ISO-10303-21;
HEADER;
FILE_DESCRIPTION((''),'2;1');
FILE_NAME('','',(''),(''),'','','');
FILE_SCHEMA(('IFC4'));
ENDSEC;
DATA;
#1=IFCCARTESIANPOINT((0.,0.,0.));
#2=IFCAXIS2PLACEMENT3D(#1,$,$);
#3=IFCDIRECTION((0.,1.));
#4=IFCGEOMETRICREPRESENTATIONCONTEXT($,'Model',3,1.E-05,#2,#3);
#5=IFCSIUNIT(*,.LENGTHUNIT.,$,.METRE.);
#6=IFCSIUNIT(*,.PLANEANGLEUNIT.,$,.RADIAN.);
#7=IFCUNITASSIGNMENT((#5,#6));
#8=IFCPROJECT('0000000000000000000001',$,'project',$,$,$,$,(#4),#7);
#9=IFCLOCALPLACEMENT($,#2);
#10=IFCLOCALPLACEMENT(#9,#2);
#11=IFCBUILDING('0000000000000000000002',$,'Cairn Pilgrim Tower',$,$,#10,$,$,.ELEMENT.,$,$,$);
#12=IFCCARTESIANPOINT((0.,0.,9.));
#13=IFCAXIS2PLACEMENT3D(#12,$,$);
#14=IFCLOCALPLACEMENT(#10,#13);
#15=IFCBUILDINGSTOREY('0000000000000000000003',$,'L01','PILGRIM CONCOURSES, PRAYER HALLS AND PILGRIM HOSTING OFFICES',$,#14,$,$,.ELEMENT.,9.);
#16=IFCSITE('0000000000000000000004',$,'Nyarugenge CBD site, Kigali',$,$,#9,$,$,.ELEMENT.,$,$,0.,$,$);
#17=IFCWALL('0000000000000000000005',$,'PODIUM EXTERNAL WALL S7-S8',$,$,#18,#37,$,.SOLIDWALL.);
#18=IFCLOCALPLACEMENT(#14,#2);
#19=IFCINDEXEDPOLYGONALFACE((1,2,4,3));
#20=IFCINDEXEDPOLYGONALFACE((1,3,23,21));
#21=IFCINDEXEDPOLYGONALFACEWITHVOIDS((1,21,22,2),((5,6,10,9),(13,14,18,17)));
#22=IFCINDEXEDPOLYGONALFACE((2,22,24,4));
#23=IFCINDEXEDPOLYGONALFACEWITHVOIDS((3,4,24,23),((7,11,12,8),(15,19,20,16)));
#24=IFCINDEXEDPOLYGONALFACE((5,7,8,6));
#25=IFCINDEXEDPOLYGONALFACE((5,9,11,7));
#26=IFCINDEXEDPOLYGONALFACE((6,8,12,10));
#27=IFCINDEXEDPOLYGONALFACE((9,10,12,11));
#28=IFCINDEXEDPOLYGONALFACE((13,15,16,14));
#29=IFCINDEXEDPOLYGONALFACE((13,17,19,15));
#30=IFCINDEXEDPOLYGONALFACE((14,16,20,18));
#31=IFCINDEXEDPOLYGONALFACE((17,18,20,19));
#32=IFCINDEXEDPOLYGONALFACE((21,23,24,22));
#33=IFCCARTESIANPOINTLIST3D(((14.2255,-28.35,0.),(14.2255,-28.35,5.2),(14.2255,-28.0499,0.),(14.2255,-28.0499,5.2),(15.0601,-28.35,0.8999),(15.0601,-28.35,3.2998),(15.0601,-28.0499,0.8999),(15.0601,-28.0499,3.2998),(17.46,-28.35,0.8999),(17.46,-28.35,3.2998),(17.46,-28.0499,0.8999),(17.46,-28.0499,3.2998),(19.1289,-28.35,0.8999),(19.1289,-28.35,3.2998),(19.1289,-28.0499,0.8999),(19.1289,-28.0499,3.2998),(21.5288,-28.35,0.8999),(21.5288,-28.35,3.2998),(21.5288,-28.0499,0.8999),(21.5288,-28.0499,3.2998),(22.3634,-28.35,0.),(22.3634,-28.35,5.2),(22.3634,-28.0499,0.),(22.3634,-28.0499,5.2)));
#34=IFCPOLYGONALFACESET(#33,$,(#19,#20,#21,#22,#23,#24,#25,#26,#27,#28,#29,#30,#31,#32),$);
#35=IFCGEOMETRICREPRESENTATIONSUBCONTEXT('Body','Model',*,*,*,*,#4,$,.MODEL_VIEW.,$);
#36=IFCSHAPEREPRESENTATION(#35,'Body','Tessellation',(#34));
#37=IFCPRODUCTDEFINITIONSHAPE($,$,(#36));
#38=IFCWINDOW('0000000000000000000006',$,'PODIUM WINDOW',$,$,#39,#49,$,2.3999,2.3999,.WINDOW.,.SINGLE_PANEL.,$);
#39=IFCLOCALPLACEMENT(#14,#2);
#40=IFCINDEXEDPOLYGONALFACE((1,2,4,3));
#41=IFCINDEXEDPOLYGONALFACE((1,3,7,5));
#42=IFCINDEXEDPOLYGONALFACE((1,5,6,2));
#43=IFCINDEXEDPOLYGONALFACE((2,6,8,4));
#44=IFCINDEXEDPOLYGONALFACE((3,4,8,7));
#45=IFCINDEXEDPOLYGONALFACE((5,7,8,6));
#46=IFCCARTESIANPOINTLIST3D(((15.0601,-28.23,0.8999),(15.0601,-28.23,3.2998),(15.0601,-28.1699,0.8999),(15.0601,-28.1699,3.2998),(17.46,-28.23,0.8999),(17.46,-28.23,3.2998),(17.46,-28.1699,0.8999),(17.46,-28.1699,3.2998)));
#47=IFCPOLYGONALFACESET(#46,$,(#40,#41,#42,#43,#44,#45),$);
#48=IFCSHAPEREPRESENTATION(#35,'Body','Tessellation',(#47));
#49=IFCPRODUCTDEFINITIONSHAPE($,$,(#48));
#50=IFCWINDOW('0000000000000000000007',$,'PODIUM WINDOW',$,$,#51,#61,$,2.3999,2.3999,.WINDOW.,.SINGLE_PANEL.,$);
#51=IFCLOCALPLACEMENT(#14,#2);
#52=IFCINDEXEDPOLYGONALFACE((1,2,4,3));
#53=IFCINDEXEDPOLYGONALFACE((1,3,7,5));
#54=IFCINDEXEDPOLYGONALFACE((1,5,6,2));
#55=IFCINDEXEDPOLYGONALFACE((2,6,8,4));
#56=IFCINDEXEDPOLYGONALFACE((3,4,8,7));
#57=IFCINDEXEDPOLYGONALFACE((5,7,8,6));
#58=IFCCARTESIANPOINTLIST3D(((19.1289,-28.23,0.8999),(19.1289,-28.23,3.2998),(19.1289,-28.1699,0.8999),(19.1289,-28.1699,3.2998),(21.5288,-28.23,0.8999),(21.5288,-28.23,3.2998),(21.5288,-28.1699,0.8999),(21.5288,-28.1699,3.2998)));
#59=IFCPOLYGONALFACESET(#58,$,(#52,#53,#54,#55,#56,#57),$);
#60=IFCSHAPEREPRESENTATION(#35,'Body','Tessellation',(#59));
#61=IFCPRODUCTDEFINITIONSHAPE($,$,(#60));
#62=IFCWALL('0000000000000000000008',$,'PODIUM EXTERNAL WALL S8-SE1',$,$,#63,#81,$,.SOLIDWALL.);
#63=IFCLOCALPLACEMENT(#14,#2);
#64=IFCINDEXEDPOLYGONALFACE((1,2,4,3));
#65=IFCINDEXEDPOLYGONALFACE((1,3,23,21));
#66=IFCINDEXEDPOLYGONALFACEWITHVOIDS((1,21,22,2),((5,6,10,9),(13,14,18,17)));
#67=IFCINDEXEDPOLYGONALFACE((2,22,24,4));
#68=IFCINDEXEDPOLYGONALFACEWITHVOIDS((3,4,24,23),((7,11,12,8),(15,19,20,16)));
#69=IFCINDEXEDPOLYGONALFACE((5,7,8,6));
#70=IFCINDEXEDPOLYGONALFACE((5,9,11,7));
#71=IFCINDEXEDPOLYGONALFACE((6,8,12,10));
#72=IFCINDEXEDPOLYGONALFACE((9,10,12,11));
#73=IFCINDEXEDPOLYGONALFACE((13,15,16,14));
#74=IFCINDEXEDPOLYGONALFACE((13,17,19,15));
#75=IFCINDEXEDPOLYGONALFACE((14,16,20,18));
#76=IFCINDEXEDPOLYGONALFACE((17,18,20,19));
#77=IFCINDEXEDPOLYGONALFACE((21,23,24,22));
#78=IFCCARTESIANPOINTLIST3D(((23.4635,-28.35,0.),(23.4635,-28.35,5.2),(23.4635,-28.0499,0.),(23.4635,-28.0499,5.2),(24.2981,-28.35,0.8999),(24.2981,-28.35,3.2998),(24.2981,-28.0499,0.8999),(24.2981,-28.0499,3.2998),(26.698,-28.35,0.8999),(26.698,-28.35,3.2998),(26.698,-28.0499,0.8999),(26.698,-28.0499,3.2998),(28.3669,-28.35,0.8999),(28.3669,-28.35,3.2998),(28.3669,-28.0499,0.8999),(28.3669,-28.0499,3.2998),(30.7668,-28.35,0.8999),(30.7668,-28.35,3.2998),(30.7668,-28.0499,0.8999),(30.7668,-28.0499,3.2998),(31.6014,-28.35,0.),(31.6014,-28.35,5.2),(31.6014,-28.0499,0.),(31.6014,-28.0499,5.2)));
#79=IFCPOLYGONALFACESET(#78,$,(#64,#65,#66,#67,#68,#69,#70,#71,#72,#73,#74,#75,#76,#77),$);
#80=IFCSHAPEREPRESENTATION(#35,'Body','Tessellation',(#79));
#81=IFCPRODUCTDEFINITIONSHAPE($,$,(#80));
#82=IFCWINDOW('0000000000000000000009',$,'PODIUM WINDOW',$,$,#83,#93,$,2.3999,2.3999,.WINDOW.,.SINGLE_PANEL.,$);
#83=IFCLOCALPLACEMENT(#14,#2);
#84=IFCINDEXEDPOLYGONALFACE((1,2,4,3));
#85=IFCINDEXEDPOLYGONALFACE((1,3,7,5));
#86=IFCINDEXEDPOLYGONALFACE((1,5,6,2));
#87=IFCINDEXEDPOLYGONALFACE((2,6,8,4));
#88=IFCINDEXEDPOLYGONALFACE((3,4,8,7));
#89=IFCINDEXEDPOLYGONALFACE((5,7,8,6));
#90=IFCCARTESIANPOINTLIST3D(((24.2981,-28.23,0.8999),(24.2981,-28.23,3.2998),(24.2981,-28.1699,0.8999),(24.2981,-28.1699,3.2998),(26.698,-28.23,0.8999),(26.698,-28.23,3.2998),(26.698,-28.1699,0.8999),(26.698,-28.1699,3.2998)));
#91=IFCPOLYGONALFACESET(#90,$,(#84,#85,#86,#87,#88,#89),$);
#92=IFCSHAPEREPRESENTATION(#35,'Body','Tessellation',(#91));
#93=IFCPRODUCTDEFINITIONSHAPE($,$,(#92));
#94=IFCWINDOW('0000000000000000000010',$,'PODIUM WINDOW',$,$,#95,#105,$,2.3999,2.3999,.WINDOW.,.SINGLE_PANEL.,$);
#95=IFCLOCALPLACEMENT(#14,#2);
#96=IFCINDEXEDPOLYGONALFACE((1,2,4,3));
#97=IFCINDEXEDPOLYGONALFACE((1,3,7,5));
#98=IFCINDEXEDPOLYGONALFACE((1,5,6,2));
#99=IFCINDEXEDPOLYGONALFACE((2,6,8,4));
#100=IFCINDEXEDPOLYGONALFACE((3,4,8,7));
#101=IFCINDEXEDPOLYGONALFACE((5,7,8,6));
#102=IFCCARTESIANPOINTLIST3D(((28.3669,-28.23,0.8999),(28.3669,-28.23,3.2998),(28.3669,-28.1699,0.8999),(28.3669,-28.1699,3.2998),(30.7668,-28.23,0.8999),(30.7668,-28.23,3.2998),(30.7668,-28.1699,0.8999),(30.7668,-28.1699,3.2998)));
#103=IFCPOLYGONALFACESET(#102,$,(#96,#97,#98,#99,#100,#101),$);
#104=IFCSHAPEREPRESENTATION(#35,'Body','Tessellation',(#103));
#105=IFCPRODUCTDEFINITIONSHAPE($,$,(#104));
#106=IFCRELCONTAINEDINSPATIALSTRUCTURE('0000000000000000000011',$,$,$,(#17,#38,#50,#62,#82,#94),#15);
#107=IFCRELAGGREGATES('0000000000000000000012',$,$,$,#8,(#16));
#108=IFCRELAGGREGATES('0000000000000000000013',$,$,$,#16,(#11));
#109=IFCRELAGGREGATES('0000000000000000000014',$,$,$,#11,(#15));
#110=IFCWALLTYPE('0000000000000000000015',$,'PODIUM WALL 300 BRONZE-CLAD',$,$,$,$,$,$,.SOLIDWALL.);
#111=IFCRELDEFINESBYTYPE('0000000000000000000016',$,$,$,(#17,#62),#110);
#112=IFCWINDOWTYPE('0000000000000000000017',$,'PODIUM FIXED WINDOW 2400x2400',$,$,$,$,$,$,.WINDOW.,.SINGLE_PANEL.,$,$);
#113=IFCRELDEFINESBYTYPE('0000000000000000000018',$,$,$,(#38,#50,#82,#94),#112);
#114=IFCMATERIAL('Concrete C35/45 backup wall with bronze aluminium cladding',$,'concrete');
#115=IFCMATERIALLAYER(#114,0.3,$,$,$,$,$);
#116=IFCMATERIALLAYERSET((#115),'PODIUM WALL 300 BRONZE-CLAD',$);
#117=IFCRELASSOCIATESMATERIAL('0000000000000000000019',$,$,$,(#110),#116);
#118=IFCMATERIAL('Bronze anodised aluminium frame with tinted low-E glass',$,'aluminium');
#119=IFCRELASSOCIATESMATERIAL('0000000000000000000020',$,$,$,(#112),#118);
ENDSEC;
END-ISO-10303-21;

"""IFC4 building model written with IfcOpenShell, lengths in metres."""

from ifc_helpers import new_model, si_unit, direction, frame, frame_2d, origin, place, context, subcontext, project, spatial, rectangle, extrude, material, layer, layer_set, type_object, element, fill, save


model = new_model("IFC4")

# Units and contexts
model_context = context("Model", 3, precision=1e-05, world=origin(), true_north=direction((0.0, 1.0)))
body_context = subcontext(model_context, "Body", "Model", "MODEL_VIEW")
ifc_project = project(units=[si_unit("LENGTHUNIT", "METRE"), si_unit("PLANEANGLEUNIT", "RADIAN")], contexts=[model_context])

# Site, building, storey
site_placement = place(None, origin())
site = spatial("IfcSite", under=ifc_project, at=site_placement, Name="Nyarugenge CBD site, Kigali", CompositionType="ELEMENT", RefElevation=0.0)
building_placement = place(site_placement, origin())
building = spatial("IfcBuilding", under=site, at=building_placement, Name="Cairn Pilgrim Tower", CompositionType="ELEMENT")
storey_placement = place(building_placement, frame((0.0, 0.0, 9.0)))
storey = spatial("IfcBuildingStorey", under=building, at=storey_placement, Name="L01", Description="PILGRIM CONCOURSES, PRAYER HALLS AND PILGRIM HOSTING OFFICES", CompositionType="ELEMENT", Elevation=9.0)

# Walls, openings, windows
ifc_material_1 = material(Name="Concrete C35/45 backup wall with bronze aluminium cladding", Category="concrete")
ifc_layer_1 = layer(ifc_material_1, 0.3)
ifc_layer_set_1 = layer_set([ifc_layer_1], Name="PODIUM WALL 300 BRONZE-CLAD")
wall_type_1 = type_object("IfcWallType", Name="PODIUM WALL 300 BRONZE-CLAD", PredefinedType="SOLIDWALL", material=ifc_layer_set_1)
wall_1_placement = place(storey_placement, frame((14.2256, -28.2, 0.0), z_axis=(0.0, 0.0, 1.0), x_axis=(1.0, 0.0, 0.0)))
wall_1 = element("IfcWall", 1, at=wall_1_placement, inside=storey, type_object=wall_type_1, Name="PODIUM EXTERNAL WALL S7-S8", PredefinedType="SOLIDWALL", context=body_context, shape_type="SweptSolid", body=[
    extrude(rectangle(XDim=8.1379, YDim=0.3, at=frame_2d((4.0688, 0.0))), origin(), (0.0, 0.0, 1.0), 5.2),
])
opening_1_placement = place(wall_1_placement, frame((0.8345, 0.0, 0.8999)))
opening_1 = element("IfcOpeningElement", 2, at=opening_1_placement, cuts=wall_1, PredefinedType="OPENING", context=body_context, shape_type="SweptSolid", body=[
    extrude(rectangle(XDim=2.3999, YDim=2.3999, at=frame_2d((1.2, 1.2))), frame((0.0, 0.1602, 0.0), z_axis=(0.0, -1.0, 0.0), x_axis=(1.0, 0.0, 0.0)), (0.0, 0.0, 1.0), 0.3201),
])
opening_2_placement = place(wall_1_placement, frame((4.9033, 0.0, 0.8999)))
opening_2 = element("IfcOpeningElement", 3, at=opening_2_placement, cuts=wall_1, PredefinedType="OPENING", context=body_context, shape_type="SweptSolid", body=[
    extrude(rectangle(XDim=2.3999, YDim=2.3999, at=frame_2d((1.2, 1.2))), frame((0.0, 0.1602, 0.0), z_axis=(0.0, -1.0, 0.0), x_axis=(1.0, 0.0, 0.0)), (0.0, 0.0, 1.0), 0.3201),
])
ifc_material_2 = material(Name="Bronze anodised aluminium frame with tinted low-E glass", Category="aluminium")
window_type = type_object("IfcWindowType", Name="PODIUM FIXED WINDOW 2400x2400", PartitioningType="SINGLE_PANEL", PredefinedType="WINDOW", material=ifc_material_2)
window_1_placement = place(opening_1_placement, origin())
window_1 = element("IfcWindow", 4, at=window_1_placement, inside=storey, type_object=window_type, Name="PODIUM WINDOW", OverallHeight=2.3999, OverallWidth=2.3999, PartitioningType="SINGLE_PANEL", PredefinedType="WINDOW", context=body_context, shape_type="SweptSolid", body=[
    extrude(rectangle(XDim=2.3999, YDim=2.3999, at=frame_2d((1.2, 1.2))), frame((0.0, 0.03, 0.0), z_axis=(0.0, -1.0, 0.0), x_axis=(1.0, 0.0, 0.0)), (0.0, 0.0, 1.0), 0.0601),
])
fill(opening_1, window_1)
window_2_placement = place(opening_2_placement, origin())
window_2 = element("IfcWindow", 5, at=window_2_placement, inside=storey, type_object=window_type, Name="PODIUM WINDOW", OverallHeight=2.3999, OverallWidth=2.3999, PartitioningType="SINGLE_PANEL", PredefinedType="WINDOW", context=body_context, shape_type="SweptSolid", body=[
    extrude(rectangle(XDim=2.3999, YDim=2.3999, at=frame_2d((1.2, 1.2))), frame((0.0, 0.03, 0.0), z_axis=(0.0, -1.0, 0.0), x_axis=(1.0, 0.0, 0.0)), (0.0, 0.0, 1.0), 0.0601),
])
fill(opening_2, window_2)
wall_2_placement = place(storey_placement, frame((23.4636, -28.2, 0.0), z_axis=(0.0, 0.0, 1.0), x_axis=(1.0, 0.0, 0.0)))
wall_2 = element("IfcWall", 6, at=wall_2_placement, inside=storey, type_object=wall_type_1, Name="PODIUM EXTERNAL WALL S8-SE1", PredefinedType="SOLIDWALL", context=body_context, shape_type="SweptSolid", body=[
    extrude(rectangle(XDim=8.1379, YDim=0.3, at=frame_2d((4.0688, 0.0))), origin(), (0.0, 0.0, 1.0), 5.2),
])
opening_3_placement = place(wall_2_placement, frame((0.8345, 0.0, 0.8999)))
opening_3 = element("IfcOpeningElement", 7, at=opening_3_placement, cuts=wall_2, PredefinedType="OPENING", context=body_context, shape_type="SweptSolid", body=[
    extrude(rectangle(XDim=2.3999, YDim=2.3999, at=frame_2d((1.2, 1.2))), frame((0.0, 0.1602, 0.0), z_axis=(0.0, -1.0, 0.0), x_axis=(1.0, 0.0, 0.0)), (0.0, 0.0, 1.0), 0.3201),
])
opening_4_placement = place(wall_2_placement, frame((4.9033, 0.0, 0.8999)))
opening_4 = element("IfcOpeningElement", 8, at=opening_4_placement, cuts=wall_2, PredefinedType="OPENING", context=body_context, shape_type="SweptSolid", body=[
    extrude(rectangle(XDim=2.3999, YDim=2.3999, at=frame_2d((1.2, 1.2))), frame((0.0, 0.1602, 0.0), z_axis=(0.0, -1.0, 0.0), x_axis=(1.0, 0.0, 0.0)), (0.0, 0.0, 1.0), 0.3201),
])
window_3_placement = place(opening_3_placement, origin())
window_3 = element("IfcWindow", 9, at=window_3_placement, inside=storey, type_object=window_type, Name="PODIUM WINDOW", OverallHeight=2.3999, OverallWidth=2.3999, PartitioningType="SINGLE_PANEL", PredefinedType="WINDOW", context=body_context, shape_type="SweptSolid", body=[
    extrude(rectangle(XDim=2.3999, YDim=2.3999, at=frame_2d((1.2, 1.2))), frame((0.0, 0.03, 0.0), z_axis=(0.0, -1.0, 0.0), x_axis=(1.0, 0.0, 0.0)), (0.0, 0.0, 1.0), 0.0601),
])
fill(opening_3, window_3)
window_4_placement = place(opening_4_placement, origin())
window_4 = element("IfcWindow", 10, at=window_4_placement, inside=storey, type_object=window_type, Name="PODIUM WINDOW", OverallHeight=2.3999, OverallWidth=2.3999, PartitioningType="SINGLE_PANEL", PredefinedType="WINDOW", context=body_context, shape_type="SweptSolid", body=[
    extrude(rectangle(XDim=2.3999, YDim=2.3999, at=frame_2d((1.2, 1.2))), frame((0.0, 0.03, 0.0), z_axis=(0.0, -1.0, 0.0), x_axis=(1.0, 0.0, 0.0)), (0.0, 0.0, 1.0), 0.0601),
])
fill(opening_4, window_4)

save(model, "model.ifc")
